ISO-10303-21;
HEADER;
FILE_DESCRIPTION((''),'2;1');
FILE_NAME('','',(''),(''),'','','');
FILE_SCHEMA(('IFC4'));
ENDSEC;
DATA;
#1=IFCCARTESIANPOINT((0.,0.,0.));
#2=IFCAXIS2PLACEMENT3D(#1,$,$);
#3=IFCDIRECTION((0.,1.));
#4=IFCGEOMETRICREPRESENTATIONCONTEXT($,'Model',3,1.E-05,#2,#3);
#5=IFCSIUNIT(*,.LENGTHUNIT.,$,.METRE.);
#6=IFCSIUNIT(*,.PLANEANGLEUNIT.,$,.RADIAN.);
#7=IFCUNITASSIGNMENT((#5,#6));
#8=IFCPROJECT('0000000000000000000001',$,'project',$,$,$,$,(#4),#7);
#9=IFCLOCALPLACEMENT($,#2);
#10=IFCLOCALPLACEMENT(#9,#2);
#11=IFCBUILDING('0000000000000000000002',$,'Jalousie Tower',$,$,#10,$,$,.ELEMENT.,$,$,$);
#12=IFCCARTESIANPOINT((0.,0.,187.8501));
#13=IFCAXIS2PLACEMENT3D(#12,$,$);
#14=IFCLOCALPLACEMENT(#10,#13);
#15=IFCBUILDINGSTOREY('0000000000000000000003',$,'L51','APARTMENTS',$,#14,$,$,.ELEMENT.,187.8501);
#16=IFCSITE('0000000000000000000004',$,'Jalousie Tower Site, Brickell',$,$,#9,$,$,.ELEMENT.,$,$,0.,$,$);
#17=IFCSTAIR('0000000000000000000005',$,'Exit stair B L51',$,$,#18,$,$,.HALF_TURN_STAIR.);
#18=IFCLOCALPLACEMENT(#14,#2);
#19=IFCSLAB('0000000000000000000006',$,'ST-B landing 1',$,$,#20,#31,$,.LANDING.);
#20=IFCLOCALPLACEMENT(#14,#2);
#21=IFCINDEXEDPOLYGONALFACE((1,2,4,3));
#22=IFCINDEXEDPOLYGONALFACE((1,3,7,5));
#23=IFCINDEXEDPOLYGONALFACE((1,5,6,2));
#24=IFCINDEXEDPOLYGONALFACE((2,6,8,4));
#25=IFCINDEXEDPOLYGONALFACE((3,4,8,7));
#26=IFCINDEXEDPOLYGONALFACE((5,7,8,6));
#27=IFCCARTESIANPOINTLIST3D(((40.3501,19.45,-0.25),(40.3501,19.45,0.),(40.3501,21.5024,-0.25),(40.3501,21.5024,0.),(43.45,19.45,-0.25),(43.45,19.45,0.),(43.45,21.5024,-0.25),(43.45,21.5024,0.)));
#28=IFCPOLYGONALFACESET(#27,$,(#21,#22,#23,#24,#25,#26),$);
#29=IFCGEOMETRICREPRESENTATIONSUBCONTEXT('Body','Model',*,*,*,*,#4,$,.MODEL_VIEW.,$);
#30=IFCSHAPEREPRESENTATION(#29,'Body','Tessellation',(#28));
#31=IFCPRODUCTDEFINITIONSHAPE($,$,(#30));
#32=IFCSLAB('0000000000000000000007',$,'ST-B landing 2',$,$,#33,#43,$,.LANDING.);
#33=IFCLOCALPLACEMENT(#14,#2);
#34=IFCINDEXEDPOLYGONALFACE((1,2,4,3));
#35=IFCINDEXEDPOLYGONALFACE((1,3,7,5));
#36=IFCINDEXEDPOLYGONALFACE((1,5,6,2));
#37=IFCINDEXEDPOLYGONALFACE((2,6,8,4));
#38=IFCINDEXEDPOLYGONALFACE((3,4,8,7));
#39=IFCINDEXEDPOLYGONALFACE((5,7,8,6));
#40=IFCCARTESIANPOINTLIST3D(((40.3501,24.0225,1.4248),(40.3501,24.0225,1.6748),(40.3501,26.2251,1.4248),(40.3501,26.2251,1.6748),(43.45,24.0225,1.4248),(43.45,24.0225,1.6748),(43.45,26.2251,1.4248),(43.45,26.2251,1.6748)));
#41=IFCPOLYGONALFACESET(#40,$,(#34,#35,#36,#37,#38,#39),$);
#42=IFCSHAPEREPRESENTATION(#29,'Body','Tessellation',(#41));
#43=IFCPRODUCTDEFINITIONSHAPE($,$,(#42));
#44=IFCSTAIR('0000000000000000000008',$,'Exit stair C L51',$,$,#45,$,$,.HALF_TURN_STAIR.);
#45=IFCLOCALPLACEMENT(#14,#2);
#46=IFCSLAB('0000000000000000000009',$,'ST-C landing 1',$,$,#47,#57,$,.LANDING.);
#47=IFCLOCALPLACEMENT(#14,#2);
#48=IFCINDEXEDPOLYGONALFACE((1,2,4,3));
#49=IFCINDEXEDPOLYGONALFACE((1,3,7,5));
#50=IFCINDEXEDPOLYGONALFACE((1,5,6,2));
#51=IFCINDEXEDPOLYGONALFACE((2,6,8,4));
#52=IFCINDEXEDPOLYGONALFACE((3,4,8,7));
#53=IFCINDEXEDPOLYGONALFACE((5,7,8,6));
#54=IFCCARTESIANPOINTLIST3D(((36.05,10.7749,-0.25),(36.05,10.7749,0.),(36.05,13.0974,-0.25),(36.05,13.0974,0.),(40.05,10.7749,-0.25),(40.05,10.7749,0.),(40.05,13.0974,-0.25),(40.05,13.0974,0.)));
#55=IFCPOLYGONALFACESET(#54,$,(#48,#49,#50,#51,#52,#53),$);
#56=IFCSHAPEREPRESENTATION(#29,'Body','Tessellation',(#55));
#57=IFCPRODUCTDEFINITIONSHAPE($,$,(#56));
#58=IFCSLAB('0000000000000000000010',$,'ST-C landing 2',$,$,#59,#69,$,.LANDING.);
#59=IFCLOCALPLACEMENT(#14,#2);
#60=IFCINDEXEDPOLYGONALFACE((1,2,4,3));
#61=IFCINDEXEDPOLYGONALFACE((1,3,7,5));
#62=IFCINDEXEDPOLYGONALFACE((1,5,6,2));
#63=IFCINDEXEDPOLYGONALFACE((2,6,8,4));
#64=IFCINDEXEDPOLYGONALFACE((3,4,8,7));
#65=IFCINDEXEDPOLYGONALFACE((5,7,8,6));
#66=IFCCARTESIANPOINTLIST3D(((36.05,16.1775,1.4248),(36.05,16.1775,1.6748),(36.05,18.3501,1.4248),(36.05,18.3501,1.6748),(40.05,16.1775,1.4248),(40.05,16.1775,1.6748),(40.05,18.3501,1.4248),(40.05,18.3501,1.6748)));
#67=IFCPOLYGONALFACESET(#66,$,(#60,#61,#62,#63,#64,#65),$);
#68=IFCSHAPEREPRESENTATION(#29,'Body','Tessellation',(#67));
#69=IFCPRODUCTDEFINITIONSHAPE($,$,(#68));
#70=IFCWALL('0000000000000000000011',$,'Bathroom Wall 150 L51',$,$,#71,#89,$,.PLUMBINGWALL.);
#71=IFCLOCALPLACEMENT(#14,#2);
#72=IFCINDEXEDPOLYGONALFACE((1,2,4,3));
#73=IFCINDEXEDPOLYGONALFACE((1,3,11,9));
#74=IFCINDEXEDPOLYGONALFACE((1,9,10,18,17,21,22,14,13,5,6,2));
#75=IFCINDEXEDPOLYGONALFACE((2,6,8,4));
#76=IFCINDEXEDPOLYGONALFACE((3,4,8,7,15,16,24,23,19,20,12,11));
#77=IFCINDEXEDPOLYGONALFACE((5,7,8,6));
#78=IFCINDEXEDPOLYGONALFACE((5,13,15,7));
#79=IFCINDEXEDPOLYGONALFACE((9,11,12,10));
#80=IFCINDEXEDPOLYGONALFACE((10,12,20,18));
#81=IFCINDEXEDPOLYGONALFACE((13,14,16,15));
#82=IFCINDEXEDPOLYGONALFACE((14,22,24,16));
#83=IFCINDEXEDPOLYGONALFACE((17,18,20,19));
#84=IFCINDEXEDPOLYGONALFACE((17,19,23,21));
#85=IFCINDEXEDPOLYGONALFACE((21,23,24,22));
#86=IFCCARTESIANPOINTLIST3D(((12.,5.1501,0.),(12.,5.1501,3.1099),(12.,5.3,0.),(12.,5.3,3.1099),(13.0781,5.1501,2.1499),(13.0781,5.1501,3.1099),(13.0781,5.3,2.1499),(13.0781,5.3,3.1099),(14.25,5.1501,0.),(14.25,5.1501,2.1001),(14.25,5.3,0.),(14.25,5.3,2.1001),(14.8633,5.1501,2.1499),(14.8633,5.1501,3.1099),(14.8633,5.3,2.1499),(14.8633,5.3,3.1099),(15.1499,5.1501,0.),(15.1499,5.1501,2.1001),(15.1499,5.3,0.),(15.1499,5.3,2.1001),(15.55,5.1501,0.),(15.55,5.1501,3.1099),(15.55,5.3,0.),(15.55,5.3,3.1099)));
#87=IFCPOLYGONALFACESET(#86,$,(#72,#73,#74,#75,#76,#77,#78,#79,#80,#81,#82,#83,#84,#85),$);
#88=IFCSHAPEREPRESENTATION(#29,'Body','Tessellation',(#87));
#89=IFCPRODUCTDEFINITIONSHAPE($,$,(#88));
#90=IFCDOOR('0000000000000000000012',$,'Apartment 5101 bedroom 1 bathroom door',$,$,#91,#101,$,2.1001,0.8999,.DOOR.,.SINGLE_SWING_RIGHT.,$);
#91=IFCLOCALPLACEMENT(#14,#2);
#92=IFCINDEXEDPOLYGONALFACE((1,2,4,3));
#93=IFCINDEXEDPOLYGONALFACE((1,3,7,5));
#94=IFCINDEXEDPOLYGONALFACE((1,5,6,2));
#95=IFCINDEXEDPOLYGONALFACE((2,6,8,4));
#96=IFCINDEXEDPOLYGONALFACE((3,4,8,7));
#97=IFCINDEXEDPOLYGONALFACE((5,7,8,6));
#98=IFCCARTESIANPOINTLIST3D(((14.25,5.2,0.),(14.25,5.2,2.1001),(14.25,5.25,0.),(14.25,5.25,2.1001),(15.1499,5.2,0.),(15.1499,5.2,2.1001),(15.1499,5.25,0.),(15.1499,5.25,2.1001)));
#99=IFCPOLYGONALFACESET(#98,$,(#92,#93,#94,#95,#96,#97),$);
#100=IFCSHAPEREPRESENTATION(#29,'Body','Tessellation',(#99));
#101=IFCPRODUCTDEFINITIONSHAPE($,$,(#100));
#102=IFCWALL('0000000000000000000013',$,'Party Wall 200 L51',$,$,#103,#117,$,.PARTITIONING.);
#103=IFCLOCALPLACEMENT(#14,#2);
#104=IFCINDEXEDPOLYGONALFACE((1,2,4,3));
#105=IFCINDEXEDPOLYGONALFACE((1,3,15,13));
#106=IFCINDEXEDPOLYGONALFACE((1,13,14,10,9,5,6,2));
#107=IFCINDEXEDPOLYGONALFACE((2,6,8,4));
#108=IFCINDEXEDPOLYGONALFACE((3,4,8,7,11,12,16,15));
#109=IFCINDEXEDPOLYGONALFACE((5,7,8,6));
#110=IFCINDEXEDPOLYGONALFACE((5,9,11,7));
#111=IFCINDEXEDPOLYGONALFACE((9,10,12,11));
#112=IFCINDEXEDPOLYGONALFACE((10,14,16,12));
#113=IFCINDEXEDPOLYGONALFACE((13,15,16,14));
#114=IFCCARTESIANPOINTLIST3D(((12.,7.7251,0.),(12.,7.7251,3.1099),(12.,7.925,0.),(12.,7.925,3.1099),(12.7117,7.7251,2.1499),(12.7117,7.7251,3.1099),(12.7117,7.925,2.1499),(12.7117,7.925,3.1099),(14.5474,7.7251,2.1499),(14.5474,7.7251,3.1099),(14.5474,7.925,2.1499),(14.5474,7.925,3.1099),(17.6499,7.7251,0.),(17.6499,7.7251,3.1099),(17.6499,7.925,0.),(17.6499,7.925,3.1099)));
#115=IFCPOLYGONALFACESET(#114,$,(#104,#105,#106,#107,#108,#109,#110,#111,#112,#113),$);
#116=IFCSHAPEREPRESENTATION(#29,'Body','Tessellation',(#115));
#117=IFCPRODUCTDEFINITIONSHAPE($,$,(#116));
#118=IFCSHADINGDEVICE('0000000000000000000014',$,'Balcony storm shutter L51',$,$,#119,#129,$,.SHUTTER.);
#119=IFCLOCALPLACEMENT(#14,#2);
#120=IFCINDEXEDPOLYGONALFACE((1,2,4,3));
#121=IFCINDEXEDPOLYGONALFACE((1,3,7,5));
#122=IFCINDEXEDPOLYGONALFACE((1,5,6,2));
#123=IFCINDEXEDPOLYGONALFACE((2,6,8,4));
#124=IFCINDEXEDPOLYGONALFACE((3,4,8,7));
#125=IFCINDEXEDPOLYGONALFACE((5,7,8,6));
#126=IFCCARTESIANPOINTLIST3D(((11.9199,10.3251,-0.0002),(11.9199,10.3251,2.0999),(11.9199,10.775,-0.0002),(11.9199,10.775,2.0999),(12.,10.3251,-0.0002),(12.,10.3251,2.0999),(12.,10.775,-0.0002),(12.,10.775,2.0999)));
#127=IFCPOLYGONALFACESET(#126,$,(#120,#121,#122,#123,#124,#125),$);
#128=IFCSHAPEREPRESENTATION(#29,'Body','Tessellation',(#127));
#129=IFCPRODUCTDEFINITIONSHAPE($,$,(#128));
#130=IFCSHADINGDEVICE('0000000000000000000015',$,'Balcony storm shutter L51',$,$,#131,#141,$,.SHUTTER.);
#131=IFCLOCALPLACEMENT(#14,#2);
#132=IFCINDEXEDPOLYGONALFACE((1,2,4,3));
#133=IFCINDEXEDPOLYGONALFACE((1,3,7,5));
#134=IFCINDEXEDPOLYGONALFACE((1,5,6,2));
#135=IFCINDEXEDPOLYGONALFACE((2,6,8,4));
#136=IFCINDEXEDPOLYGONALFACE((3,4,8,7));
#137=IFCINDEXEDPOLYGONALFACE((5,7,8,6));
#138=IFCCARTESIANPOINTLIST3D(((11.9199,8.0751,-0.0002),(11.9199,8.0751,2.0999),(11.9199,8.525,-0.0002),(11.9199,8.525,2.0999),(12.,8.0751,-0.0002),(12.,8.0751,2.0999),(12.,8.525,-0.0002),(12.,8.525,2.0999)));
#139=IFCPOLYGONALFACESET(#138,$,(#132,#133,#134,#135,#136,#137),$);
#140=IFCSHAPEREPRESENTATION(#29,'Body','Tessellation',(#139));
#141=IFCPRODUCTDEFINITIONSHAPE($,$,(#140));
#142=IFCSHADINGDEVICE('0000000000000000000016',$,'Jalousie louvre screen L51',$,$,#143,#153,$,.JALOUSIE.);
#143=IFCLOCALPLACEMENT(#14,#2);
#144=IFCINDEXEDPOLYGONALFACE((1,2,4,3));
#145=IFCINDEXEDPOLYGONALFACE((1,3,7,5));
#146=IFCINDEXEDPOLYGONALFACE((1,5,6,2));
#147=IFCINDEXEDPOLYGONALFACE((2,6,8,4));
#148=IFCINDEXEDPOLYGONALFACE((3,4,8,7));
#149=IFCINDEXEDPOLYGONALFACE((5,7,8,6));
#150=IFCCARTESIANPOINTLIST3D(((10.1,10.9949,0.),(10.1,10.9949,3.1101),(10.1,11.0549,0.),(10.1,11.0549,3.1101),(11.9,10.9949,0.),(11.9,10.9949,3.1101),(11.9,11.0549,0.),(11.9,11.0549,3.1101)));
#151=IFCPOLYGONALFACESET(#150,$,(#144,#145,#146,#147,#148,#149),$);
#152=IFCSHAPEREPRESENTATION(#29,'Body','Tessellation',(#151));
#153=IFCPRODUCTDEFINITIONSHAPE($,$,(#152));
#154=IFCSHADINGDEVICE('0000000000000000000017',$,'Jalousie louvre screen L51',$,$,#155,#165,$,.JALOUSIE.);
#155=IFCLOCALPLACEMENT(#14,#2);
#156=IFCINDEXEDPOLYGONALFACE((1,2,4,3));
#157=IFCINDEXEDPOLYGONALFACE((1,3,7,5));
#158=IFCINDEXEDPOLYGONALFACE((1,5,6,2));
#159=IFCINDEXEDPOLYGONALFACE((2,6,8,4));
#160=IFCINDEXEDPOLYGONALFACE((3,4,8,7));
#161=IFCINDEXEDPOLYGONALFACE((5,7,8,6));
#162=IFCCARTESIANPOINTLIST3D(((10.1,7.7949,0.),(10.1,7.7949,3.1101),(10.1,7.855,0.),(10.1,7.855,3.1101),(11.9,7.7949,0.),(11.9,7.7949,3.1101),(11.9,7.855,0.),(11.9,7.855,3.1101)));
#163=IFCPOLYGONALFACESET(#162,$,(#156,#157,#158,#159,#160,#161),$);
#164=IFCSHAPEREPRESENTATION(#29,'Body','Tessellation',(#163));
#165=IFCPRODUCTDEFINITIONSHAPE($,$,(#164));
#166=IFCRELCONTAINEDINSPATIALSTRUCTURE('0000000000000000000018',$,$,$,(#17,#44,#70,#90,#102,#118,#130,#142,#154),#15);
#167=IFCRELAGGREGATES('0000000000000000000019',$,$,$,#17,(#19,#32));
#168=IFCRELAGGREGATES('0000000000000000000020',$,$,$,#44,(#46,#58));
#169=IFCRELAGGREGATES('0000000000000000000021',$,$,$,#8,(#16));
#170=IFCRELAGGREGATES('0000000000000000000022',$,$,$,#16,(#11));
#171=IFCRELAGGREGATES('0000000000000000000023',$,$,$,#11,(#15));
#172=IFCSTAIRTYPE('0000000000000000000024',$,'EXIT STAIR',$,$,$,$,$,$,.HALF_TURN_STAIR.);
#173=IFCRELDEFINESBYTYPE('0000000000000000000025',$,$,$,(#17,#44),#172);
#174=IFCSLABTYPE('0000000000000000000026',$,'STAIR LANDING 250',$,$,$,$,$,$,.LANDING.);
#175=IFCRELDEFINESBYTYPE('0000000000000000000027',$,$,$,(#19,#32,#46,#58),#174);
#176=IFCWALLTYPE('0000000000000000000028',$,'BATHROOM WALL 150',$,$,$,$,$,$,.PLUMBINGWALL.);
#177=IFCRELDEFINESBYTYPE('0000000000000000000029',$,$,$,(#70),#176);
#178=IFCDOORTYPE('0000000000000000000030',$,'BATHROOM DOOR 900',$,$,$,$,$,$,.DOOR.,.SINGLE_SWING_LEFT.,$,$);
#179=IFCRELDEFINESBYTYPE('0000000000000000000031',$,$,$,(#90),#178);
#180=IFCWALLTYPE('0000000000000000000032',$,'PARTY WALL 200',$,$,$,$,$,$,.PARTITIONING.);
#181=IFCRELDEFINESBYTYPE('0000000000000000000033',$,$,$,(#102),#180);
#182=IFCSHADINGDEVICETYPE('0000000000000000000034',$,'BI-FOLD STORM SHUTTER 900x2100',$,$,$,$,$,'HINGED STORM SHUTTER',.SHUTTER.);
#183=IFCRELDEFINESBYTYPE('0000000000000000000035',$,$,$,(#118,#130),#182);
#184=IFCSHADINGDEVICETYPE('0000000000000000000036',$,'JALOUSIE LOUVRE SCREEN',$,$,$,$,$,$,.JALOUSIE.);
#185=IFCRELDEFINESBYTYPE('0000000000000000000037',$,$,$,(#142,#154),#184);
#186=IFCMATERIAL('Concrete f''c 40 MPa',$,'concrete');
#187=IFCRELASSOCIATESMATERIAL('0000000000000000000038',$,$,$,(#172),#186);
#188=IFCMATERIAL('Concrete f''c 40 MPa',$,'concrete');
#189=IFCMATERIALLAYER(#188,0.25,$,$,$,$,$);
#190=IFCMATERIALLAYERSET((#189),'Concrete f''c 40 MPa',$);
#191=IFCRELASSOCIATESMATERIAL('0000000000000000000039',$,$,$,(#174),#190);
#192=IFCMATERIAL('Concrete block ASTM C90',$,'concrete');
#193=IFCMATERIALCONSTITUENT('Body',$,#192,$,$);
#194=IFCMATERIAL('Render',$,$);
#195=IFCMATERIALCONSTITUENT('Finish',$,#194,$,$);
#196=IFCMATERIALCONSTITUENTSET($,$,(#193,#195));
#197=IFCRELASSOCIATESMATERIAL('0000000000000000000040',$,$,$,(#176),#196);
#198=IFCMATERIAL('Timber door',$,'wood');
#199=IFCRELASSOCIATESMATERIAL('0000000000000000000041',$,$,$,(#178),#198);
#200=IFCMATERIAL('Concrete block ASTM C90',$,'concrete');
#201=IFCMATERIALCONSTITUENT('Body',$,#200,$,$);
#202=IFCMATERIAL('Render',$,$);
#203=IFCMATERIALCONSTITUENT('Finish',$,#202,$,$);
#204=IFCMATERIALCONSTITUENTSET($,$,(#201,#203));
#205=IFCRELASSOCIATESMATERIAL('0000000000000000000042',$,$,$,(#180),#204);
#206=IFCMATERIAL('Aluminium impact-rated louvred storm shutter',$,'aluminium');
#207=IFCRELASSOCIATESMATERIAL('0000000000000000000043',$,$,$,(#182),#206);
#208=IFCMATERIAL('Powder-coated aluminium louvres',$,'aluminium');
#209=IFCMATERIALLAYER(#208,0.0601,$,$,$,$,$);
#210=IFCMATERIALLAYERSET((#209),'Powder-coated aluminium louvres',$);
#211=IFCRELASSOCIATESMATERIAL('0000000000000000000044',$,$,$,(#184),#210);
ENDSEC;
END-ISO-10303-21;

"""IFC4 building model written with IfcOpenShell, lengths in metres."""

from ifc_helpers import new_model, si_unit, direction, frame, frame_2d, origin, origin_2d, place, context, subcontext, project, spatial, polyline, rectangle, outline, extrude, material, layer, layer_set, constituent, constituent_set, type_object, element, fill, aggregate, save


model = new_model("IFC4")

# Units and contexts
model_context = context("Model", 3, precision=1e-05, world=origin(), true_north=direction((0.0, 1.0)))
body_context = subcontext(model_context, "Body", "Model", "MODEL_VIEW")
ifc_project = project(units=[si_unit("LENGTHUNIT", "METRE"), si_unit("PLANEANGLEUNIT", "RADIAN")], contexts=[model_context])

# Site, building, storey
site_placement = place(None, origin())
site = spatial("IfcSite", under=ifc_project, at=site_placement, Name="Jalousie Tower Site, Brickell", CompositionType="ELEMENT", RefElevation=0.0)
building_placement = place(site_placement, origin())
building = spatial("IfcBuilding", under=site, at=building_placement, Name="Jalousie Tower", CompositionType="ELEMENT")
storey_placement = place(building_placement, frame((0.0, 0.0, 187.8501)))
storey = spatial("IfcBuildingStorey", under=building, at=storey_placement, Name="L51", Description="APARTMENTS", CompositionType="ELEMENT", Elevation=187.8501)

# Stairs, slabs
ifc_material_1 = material(Name="Concrete f'c 40 MPa", Category="concrete")
stair_type = type_object("IfcStairType", Name="EXIT STAIR", PredefinedType="HALF_TURN_STAIR", material=ifc_material_1)
ifc_material_2 = material(Name="Concrete f'c 40 MPa", Category="concrete")
ifc_layer_1 = layer(ifc_material_2, 0.25)
ifc_layer_set_1 = layer_set([ifc_layer_1], Name="Concrete f'c 40 MPa")
slab_type_1 = type_object("IfcSlabType", Name="STAIR LANDING 250", PredefinedType="LANDING", material=ifc_layer_set_1)
stair_1_placement = place(storey_placement, origin())
stair_1 = element("IfcStair", 1, at=stair_1_placement, inside=storey, type_object=stair_type, Name="Exit stair B L51", PredefinedType="HALF_TURN_STAIR")
slab_1_placement = place(storey_placement, frame((0.0, 0.0, -0.25)))
slab_1 = element("IfcSlab", 2, at=slab_1_placement, type_object=slab_type_1, Name="ST-B landing 1", PredefinedType="LANDING", context=body_context, shape_type="SweptSolid", body=[
    extrude(outline(polyline([(40.3501, 19.45), (43.45, 19.45), (43.45, 21.5024), (40.3501, 21.5024), (40.3501, 19.45)])), origin(), (0.0, 0.0, 1.0), 0.25),
])
slab_2_placement = place(storey_placement, frame((0.0, 0.0, 1.4248)))
slab_2 = element("IfcSlab", 3, at=slab_2_placement, type_object=slab_type_1, Name="ST-B landing 2", PredefinedType="LANDING", context=body_context, shape_type="SweptSolid", body=[
    extrude(outline(polyline([(40.3501, 24.0225), (43.45, 24.0225), (43.45, 26.2251), (40.3501, 26.2251), (40.3501, 24.0225)])), origin(), (0.0, 0.0, 1.0), 0.25),
])
aggregate(stair_1, [slab_1, slab_2])
stair_2_placement = place(storey_placement, origin())
stair_2 = element("IfcStair", 4, at=stair_2_placement, inside=storey, type_object=stair_type, Name="Exit stair C L51", PredefinedType="HALF_TURN_STAIR")
slab_3_placement = place(storey_placement, frame((0.0, 0.0, -0.25)))
slab_3 = element("IfcSlab", 5, at=slab_3_placement, type_object=slab_type_1, Name="ST-C landing 1", PredefinedType="LANDING", context=body_context, shape_type="SweptSolid", body=[
    extrude(outline(polyline([(36.05, 10.7749), (40.05, 10.7749), (40.05, 13.0974), (36.05, 13.0974), (36.05, 10.7749)])), origin(), (0.0, 0.0, 1.0), 0.25),
])
slab_4_placement = place(storey_placement, frame((0.0, 0.0, 1.4248)))
slab_4 = element("IfcSlab", 6, at=slab_4_placement, type_object=slab_type_1, Name="ST-C landing 2", PredefinedType="LANDING", context=body_context, shape_type="SweptSolid", body=[
    extrude(outline(polyline([(36.05, 16.1775), (40.05, 16.1775), (40.05, 18.3501), (36.05, 18.3501), (36.05, 16.1775)])), origin(), (0.0, 0.0, 1.0), 0.25),
])
aggregate(stair_2, [slab_3, slab_4])

# Wall, opening, door
ifc_material_3 = material(Name="Concrete block ASTM C90", Category="concrete")
ifc_constituent_1 = constituent(ifc_material_3, Name="Body")
ifc_material_4 = material(Name="Render")
ifc_constituent_2 = constituent(ifc_material_4, Name="Finish")
ifc_constituent_set_1 = constituent_set(constituents=[ifc_constituent_1, ifc_constituent_2])
wall_type_1 = type_object("IfcWallType", Name="BATHROOM WALL 150", PredefinedType="PLUMBINGWALL", material=ifc_constituent_set_1)
wall_1_placement = place(storey_placement, frame((12.0, 5.2251, 0.0), z_axis=(0.0, 0.0, 1.0), x_axis=(1.0, 0.0, 0.0)))
wall_1 = element("IfcWall", 7, at=wall_1_placement, inside=storey, type_object=wall_type_1, Name="Bathroom Wall 150 L51", PredefinedType="PLUMBINGWALL", context=body_context, shape_type="SweptSolid", body=[
    extrude(outline(polyline([(0.0, 0.0), (3.55, 0.0), (3.55, 3.1099), (2.8633, 3.1099), (2.8633, 2.1499), (1.0781, 2.1499), (1.0781, 3.1099), (0.0, 3.1099), (0.0, 0.0)])), frame((0.0, 0.075, 0.0), z_axis=(0.0, -1.0, 0.0), x_axis=(1.0, 0.0, 0.0)), (0.0, 0.0, 1.0), 0.1499),
])
opening_placement = place(wall_1_placement, frame((2.25, 0.0, 0.0)))
opening = element("IfcOpeningElement", 8, at=opening_placement, cuts=wall_1, PredefinedType="OPENING", context=body_context, shape_type="SweptSolid", body=[
    extrude(rectangle(XDim=0.8999, YDim=2.1001, at=frame_2d((0.45, 1.05))), frame((0.0, 0.085, 0.0), z_axis=(0.0, -1.0, 0.0), x_axis=(1.0, 0.0, 0.0)), (0.0, 0.0, 1.0), 0.1699),
])
ifc_material_5 = material(Name="Timber door", Category="wood")
door_type = type_object("IfcDoorType", Name="BATHROOM DOOR 900", OperationType="SINGLE_SWING_LEFT", PredefinedType="DOOR", material=ifc_material_5)
door_placement = place(opening_placement, origin())
door = element("IfcDoor", 9, at=door_placement, inside=storey, type_object=door_type, Name="Apartment 5101 bedroom 1 bathroom door", OperationType="SINGLE_SWING_RIGHT", OverallHeight=2.1001, OverallWidth=0.8999, PredefinedType="DOOR", context=body_context, shape_type="SweptSolid", body=[
    extrude(rectangle(XDim=0.8999, YDim=2.1001, at=frame_2d((0.45, 1.05))), frame((0.0, 0.0249, 0.0), z_axis=(0.0, -1.0, 0.0), x_axis=(1.0, 0.0, 0.0)), (0.0, 0.0, 1.0), 0.05),
])
fill(opening, door)

# Wall
ifc_material_6 = material(Name="Concrete block ASTM C90", Category="concrete")
ifc_constituent_3 = constituent(ifc_material_6, Name="Body")
ifc_material_7 = material(Name="Render")
ifc_constituent_4 = constituent(ifc_material_7, Name="Finish")
ifc_constituent_set_2 = constituent_set(constituents=[ifc_constituent_3, ifc_constituent_4])
wall_type_2 = type_object("IfcWallType", Name="PARTY WALL 200", PredefinedType="PARTITIONING", material=ifc_constituent_set_2)
wall_2_placement = place(storey_placement, frame((12.0, 7.825, 0.0), z_axis=(0.0, 0.0, 1.0), x_axis=(1.0, 0.0, 0.0)))
element("IfcWall", 10, at=wall_2_placement, inside=storey, type_object=wall_type_2, Name="Party Wall 200 L51", PredefinedType="PARTITIONING", context=body_context, shape_type="SweptSolid", body=[
    extrude(outline(polyline([(0.0, 0.0), (5.6499, 0.0), (5.6499, 3.1099), (2.5474, 3.1099), (2.5474, 2.1499), (0.7117, 2.1499), (0.7117, 3.1099), (0.0, 3.1099), (0.0, 0.0)])), frame((0.0, 0.1001, 0.0), z_axis=(0.0, -1.0, 0.0), x_axis=(1.0, 0.0, 0.0)), (0.0, 0.0, 1.0), 0.2),
])

# Shading devices
ifc_material_8 = material(Name="Aluminium impact-rated louvred storm shutter", Category="aluminium")
shading_device_type_1 = type_object("IfcShadingDeviceType", Name="BI-FOLD STORM SHUTTER 900x2100", ElementType="HINGED STORM SHUTTER", PredefinedType="SHUTTER", material=ifc_material_8)
for number, where, z_axis, x_axis, name in (
    (11, (11.96, 10.55, -0.0002), (0.0, 0.0, 1.0), (0.0, -1.0, 0.0), "Balcony storm shutter L51"),
    (12, (11.96, 8.3, -0.0002), (0.0, 0.0, 1.0), (0.0, -1.0, 0.0), "Balcony storm shutter L51"),
):
    element("IfcShadingDevice", number, at=place(storey_placement, frame(where, z_axis=z_axis, x_axis=x_axis)), inside=storey, type_object=shading_device_type_1, Name=name, PredefinedType="SHUTTER", context=body_context, shape_type="SweptSolid", body=[
        extrude(rectangle(XDim=0.45, YDim=0.0801, at=origin_2d()), origin(), (0.0, 0.0, 1.0), 2.1001),
    ])

# Shading devices
ifc_material_9 = material(Name="Powder-coated aluminium louvres", Category="aluminium")
ifc_layer_2 = layer(ifc_material_9, 0.0601)
ifc_layer_set_2 = layer_set([ifc_layer_2], Name="Powder-coated aluminium louvres")
shading_device_type_2 = type_object("IfcShadingDeviceType", Name="JALOUSIE LOUVRE SCREEN", PredefinedType="JALOUSIE", material=ifc_layer_set_2)
for number, where, z_axis, x_axis, name in (
    (13, (11.0, 11.0249, 0.0), (0.0, 0.0, 1.0), (0.0, -1.0, 0.0), "Jalousie louvre screen L51"),
    (14, (11.0, 7.825, 0.0), (0.0, 0.0, 1.0), (0.0, -1.0, 0.0), "Jalousie louvre screen L51"),
):
    element("IfcShadingDevice", number, at=place(storey_placement, frame(where, z_axis=z_axis, x_axis=x_axis)), inside=storey, type_object=shading_device_type_2, Name=name, PredefinedType="JALOUSIE", context=body_context, shape_type="SweptSolid", body=[
        extrude(rectangle(XDim=0.0601, YDim=1.8, at=origin_2d()), origin(), (0.0, 0.0, 1.0), 3.1101),
    ])

save(model, "model.ifc")
